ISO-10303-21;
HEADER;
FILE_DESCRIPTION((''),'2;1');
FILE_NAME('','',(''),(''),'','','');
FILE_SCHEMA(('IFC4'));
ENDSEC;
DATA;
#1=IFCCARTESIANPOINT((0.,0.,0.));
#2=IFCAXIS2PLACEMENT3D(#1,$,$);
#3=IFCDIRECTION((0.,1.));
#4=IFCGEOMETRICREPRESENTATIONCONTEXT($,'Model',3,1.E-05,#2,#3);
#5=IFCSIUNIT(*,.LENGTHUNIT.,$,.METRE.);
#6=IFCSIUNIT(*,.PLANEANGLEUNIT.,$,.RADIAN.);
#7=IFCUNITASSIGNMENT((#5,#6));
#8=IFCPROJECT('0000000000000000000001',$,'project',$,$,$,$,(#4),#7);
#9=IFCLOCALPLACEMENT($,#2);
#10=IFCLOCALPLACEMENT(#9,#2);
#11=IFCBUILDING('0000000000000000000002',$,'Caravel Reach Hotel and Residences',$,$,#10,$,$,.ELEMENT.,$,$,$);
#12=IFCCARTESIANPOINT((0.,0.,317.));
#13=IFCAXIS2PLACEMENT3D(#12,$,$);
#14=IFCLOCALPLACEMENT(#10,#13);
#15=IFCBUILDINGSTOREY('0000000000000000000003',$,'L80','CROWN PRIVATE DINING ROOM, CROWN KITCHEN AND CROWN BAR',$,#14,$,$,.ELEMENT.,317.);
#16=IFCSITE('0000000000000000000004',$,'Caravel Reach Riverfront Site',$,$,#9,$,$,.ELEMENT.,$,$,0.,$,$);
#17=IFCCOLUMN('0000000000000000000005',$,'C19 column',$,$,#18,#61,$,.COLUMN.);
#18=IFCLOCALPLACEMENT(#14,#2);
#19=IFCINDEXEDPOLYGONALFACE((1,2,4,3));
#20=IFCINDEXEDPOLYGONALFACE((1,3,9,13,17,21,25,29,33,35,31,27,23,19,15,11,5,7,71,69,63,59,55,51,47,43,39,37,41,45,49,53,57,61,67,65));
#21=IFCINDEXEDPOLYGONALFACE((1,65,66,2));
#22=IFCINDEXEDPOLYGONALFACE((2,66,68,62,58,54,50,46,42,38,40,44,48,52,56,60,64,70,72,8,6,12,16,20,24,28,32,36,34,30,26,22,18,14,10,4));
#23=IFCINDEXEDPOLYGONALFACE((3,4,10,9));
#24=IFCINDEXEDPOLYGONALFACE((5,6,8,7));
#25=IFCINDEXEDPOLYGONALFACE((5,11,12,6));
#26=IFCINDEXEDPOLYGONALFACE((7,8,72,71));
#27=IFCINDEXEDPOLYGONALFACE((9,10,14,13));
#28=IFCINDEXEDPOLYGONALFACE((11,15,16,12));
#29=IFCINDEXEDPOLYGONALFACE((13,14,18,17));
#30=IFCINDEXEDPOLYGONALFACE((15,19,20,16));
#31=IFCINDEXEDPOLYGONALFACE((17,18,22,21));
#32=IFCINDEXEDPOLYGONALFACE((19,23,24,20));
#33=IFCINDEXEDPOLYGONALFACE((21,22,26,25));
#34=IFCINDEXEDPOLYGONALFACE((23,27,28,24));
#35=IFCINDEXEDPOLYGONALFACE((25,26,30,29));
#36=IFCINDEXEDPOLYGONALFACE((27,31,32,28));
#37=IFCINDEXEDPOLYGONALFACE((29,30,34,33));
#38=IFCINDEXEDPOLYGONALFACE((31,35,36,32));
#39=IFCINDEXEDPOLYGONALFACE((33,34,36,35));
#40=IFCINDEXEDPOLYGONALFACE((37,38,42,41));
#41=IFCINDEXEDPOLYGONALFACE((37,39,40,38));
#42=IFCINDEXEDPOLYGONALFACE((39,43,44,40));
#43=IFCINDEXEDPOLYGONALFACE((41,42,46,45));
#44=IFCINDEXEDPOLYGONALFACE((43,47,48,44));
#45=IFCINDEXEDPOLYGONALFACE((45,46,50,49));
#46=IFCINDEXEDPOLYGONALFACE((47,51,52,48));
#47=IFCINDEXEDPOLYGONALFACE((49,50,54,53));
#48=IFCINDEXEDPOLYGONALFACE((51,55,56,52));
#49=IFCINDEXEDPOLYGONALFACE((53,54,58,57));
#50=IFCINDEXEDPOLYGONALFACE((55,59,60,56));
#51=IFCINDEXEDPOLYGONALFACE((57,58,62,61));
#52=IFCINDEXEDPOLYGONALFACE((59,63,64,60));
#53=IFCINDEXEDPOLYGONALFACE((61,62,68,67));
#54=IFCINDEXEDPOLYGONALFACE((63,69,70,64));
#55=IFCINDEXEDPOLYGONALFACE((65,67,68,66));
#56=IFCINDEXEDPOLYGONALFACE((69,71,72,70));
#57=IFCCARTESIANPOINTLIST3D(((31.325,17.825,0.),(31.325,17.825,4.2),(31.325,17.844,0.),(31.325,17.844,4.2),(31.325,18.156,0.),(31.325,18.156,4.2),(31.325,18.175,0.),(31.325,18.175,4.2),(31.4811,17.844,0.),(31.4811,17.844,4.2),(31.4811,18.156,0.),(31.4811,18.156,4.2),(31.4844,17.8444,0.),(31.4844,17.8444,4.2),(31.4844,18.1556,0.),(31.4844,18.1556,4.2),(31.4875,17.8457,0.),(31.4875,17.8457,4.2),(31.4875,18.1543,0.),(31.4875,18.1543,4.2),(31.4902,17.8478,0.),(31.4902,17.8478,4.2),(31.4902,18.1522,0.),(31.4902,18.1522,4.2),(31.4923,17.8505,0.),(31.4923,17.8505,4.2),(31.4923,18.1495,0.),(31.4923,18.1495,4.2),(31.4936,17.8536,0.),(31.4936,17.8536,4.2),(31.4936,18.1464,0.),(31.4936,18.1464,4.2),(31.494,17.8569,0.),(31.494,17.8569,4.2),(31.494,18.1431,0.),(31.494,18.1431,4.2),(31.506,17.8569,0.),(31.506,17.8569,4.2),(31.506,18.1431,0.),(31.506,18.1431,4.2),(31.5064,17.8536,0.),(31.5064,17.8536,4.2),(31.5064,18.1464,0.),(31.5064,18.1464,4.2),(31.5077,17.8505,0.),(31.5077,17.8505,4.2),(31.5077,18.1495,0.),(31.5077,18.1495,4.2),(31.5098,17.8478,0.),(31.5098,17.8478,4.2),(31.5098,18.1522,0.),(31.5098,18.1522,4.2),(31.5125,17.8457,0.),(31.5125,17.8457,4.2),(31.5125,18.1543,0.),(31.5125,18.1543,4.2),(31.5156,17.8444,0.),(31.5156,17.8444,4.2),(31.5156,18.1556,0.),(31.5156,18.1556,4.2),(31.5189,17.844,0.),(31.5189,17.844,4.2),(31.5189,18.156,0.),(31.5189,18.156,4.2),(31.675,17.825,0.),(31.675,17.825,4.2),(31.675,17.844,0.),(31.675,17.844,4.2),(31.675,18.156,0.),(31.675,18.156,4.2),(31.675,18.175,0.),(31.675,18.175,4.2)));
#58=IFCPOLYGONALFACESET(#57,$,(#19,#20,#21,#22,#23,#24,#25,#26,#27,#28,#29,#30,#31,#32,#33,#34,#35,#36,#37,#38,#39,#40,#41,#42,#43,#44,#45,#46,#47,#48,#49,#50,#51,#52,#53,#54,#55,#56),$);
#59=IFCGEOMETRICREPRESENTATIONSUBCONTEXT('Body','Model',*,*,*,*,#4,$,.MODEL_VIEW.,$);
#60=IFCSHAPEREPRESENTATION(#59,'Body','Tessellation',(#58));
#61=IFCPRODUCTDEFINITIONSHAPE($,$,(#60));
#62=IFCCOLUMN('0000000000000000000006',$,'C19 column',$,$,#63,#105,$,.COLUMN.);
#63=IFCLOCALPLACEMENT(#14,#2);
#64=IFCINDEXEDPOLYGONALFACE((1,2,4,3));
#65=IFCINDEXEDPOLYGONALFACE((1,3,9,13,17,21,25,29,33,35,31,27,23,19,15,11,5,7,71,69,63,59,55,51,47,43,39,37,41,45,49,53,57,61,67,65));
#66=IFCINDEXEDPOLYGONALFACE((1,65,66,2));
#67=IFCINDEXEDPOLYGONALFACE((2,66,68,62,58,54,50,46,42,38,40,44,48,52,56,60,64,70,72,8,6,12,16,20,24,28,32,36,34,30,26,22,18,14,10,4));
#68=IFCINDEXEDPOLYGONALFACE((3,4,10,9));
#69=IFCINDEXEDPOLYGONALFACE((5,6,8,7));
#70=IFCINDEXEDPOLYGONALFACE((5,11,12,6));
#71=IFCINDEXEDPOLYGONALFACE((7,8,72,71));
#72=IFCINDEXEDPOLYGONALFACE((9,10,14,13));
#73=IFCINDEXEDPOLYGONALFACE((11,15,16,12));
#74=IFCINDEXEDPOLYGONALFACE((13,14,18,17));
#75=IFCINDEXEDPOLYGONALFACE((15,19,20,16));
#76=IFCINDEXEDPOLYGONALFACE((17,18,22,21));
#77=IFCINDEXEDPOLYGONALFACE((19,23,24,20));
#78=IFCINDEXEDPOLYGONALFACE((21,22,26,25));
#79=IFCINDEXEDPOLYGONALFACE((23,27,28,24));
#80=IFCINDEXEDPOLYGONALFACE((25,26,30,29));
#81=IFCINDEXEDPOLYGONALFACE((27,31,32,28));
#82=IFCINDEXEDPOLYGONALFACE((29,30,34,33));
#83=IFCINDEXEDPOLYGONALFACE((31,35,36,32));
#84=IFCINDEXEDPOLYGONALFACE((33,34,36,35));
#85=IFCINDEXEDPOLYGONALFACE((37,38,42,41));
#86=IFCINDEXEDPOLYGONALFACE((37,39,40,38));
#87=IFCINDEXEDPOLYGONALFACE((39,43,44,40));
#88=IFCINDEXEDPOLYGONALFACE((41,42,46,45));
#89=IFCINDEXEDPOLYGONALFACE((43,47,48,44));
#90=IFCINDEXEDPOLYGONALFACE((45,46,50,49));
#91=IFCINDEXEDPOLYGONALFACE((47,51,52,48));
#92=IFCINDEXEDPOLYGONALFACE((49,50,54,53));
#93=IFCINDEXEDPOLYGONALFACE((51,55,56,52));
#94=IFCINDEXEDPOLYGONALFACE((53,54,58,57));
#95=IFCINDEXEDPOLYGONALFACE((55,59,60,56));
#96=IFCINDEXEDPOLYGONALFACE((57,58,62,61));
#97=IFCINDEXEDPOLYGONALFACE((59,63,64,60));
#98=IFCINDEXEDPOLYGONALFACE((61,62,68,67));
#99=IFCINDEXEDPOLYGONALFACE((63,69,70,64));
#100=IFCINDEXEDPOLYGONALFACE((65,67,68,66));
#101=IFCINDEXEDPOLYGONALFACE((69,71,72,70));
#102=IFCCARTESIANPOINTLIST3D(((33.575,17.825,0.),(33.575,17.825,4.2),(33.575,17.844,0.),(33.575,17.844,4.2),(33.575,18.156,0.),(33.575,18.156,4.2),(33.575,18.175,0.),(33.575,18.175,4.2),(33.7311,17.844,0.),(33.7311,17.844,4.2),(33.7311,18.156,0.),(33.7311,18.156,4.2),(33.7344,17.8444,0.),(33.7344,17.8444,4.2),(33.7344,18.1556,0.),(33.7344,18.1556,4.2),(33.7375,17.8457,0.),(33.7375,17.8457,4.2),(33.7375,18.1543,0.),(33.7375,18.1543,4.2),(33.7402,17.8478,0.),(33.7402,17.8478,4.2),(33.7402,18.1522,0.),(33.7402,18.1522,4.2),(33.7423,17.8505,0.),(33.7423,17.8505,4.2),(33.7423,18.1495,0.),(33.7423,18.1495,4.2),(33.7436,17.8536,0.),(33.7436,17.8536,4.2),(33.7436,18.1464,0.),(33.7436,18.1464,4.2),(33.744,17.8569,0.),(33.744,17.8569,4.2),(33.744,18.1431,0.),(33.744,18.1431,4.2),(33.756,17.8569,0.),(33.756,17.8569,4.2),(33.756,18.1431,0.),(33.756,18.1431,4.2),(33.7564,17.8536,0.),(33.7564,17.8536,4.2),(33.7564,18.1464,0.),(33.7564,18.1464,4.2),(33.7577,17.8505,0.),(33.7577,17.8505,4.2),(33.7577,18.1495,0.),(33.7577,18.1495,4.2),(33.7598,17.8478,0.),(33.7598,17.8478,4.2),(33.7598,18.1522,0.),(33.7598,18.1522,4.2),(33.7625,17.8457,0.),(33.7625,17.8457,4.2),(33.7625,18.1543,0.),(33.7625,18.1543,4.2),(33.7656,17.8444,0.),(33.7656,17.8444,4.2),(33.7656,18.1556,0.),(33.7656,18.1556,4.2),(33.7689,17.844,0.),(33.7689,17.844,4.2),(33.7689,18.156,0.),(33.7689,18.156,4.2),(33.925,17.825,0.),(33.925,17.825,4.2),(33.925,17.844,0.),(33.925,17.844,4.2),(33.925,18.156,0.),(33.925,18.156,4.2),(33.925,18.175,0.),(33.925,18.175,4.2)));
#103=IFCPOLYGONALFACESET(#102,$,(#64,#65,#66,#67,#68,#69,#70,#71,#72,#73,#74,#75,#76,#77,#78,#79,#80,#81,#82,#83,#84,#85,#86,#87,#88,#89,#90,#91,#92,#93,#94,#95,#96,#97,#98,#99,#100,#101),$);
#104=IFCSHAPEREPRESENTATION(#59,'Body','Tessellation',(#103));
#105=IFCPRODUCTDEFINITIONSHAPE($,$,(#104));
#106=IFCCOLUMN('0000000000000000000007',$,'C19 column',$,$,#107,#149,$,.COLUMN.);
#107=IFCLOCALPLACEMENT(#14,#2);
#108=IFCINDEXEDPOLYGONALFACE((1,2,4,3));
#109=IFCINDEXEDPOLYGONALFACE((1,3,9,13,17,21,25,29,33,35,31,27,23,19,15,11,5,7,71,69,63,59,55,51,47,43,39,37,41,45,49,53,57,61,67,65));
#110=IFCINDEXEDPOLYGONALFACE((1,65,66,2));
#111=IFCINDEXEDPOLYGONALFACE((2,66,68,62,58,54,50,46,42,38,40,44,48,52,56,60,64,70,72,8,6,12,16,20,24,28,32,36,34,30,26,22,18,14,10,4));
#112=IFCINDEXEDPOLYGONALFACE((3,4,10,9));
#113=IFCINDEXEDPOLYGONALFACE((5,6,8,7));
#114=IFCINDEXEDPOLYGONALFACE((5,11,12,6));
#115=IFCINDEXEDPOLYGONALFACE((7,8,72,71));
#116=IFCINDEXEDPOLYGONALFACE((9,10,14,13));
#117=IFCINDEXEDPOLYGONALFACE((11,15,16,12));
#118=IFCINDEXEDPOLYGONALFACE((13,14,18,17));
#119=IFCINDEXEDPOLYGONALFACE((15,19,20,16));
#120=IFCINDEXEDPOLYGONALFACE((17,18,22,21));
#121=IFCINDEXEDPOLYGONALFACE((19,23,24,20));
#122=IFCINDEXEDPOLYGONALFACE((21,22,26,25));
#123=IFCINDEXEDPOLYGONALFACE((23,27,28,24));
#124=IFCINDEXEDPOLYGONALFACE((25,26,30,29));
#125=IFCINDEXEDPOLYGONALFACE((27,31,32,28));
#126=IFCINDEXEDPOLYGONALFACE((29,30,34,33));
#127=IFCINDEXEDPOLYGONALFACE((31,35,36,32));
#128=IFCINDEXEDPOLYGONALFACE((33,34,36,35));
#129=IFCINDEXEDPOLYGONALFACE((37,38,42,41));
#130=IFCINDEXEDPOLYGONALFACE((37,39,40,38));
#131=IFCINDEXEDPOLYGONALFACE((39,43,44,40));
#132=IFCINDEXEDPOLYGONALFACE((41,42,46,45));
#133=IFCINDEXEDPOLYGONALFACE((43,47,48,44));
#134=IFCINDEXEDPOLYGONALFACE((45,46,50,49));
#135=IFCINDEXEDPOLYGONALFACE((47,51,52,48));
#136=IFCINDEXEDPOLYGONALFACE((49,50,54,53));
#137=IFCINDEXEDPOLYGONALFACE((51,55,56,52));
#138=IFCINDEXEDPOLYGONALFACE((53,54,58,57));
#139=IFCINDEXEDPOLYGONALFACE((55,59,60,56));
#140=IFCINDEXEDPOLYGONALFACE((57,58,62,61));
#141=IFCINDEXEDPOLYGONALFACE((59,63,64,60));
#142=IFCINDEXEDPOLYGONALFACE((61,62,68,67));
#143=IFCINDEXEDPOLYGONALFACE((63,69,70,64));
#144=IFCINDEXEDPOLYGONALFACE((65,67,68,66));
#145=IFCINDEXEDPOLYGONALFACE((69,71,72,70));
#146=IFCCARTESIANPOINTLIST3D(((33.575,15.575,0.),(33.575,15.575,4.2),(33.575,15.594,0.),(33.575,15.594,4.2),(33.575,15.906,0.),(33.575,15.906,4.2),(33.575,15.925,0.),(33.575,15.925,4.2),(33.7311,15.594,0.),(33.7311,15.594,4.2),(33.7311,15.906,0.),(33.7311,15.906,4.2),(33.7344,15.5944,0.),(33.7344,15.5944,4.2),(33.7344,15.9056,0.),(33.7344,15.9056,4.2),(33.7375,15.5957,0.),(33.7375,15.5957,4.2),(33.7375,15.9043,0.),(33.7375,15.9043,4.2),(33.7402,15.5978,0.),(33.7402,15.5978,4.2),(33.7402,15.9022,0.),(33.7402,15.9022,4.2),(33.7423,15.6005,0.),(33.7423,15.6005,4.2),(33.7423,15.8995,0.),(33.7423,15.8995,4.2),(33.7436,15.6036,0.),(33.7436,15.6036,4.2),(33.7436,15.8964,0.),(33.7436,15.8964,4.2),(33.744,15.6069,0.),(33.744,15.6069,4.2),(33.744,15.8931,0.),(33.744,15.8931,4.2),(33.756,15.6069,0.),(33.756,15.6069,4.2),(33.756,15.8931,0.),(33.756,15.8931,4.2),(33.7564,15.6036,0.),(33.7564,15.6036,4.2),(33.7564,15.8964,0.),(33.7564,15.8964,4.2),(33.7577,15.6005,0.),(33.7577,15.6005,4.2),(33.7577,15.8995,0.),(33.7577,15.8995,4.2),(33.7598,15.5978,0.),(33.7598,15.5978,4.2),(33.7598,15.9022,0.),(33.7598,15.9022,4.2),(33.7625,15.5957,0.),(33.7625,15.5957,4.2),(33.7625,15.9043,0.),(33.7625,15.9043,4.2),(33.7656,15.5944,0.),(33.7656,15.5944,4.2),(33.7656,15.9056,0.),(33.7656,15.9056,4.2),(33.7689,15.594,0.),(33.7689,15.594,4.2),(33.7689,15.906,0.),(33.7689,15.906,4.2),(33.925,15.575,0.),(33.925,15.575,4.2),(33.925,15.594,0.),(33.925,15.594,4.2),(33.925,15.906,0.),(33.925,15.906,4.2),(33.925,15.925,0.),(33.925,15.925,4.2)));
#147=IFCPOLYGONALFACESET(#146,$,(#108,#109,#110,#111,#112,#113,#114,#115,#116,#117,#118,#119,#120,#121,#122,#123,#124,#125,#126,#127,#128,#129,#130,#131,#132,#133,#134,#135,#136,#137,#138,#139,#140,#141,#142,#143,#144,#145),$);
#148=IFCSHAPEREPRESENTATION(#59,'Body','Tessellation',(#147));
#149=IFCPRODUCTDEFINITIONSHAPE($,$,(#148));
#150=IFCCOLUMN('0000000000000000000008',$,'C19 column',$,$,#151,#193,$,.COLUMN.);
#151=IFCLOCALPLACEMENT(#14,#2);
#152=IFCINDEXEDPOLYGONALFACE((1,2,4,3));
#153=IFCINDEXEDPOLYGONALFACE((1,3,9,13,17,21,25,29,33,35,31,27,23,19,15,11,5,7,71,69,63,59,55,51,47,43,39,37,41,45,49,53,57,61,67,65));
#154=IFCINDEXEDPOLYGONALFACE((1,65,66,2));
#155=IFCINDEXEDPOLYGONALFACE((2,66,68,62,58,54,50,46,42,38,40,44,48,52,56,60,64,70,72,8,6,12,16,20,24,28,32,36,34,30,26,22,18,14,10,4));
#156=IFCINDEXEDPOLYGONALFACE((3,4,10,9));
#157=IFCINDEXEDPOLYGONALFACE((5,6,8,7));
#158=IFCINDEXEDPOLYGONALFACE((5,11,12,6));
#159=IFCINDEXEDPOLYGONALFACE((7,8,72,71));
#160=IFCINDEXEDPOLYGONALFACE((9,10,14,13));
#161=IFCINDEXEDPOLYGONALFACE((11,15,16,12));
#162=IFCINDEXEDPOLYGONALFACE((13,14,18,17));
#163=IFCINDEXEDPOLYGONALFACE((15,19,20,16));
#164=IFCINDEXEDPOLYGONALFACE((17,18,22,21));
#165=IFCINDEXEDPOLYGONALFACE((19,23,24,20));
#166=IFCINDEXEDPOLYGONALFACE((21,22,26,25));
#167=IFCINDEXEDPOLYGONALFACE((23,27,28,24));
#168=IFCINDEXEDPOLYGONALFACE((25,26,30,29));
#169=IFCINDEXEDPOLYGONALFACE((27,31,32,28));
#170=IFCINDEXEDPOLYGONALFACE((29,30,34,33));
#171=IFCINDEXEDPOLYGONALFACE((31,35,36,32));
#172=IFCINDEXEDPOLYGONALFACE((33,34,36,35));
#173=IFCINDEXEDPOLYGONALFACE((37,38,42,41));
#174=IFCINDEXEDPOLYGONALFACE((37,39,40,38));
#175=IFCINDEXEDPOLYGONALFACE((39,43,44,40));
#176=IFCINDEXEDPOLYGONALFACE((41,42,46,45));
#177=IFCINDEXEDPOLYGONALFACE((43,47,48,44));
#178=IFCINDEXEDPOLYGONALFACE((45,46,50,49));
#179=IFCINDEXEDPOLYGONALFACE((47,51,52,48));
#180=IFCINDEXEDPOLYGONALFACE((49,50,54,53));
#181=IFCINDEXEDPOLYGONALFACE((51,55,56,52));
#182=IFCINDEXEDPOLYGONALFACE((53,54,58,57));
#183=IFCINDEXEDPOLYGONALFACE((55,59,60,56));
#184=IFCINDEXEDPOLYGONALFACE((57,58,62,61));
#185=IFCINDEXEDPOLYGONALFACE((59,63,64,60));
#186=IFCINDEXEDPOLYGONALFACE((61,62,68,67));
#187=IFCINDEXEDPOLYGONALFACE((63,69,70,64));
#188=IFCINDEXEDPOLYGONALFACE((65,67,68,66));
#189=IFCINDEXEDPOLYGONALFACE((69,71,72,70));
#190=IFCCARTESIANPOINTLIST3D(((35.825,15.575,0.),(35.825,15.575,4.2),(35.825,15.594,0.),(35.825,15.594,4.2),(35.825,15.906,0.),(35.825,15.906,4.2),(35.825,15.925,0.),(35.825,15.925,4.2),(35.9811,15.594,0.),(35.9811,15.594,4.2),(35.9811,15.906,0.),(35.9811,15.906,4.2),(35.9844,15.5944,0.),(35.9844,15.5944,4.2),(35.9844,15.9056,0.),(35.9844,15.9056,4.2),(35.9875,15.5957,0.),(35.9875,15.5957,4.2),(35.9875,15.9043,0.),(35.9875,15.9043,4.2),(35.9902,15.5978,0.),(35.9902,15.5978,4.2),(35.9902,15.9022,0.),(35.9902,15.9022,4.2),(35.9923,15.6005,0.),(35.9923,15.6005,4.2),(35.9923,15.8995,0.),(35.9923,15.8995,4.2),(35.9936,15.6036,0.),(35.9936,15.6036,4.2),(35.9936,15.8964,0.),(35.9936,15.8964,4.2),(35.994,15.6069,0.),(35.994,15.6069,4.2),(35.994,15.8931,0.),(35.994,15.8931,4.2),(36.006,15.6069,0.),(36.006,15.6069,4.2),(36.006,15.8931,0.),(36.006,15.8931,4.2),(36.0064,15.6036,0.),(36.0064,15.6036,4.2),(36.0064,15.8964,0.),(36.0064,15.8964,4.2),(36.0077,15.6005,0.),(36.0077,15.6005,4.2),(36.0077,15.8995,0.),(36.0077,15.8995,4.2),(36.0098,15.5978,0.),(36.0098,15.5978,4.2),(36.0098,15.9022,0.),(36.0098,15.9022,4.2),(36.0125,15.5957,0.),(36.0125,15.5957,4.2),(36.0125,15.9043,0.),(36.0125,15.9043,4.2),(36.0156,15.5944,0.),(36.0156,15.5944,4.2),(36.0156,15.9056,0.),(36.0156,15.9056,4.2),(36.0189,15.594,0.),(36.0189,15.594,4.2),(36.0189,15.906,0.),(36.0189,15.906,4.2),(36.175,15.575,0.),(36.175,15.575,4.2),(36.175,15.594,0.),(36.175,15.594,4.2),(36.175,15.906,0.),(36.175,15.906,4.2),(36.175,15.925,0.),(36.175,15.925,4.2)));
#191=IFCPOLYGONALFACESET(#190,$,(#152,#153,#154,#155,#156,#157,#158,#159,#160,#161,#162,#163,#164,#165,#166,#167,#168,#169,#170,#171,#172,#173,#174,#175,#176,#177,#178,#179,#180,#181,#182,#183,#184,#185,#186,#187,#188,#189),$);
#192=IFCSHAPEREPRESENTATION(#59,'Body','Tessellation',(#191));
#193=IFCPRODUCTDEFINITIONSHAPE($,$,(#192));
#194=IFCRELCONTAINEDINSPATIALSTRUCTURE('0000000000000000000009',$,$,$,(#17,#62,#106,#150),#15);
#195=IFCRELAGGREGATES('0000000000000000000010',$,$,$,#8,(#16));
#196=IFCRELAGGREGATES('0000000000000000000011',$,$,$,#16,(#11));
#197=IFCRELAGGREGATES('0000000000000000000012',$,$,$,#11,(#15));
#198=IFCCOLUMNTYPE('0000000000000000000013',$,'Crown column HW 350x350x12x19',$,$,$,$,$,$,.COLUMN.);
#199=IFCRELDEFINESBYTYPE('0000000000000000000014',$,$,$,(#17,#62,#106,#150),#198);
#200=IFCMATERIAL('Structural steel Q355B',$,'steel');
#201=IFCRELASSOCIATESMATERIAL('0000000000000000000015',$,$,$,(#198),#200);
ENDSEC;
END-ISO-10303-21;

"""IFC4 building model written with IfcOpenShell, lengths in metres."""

from ifc_helpers import new_model, si_unit, direction, frame, origin, origin_2d, place, context, subcontext, project, spatial, i_section, extrude, material, material_profile, profile_set, type_object, element, save


model = new_model("IFC4")

# Units and contexts
model_context = context("Model", 3, precision=1e-05, world=origin(), true_north=direction((0.0, 1.0)))
body_context = subcontext(model_context, "Body", "Model", "MODEL_VIEW")
ifc_project = project(units=[si_unit("LENGTHUNIT", "METRE"), si_unit("PLANEANGLEUNIT", "RADIAN")], contexts=[model_context])

# Site, building, storey
site_placement = place(None, origin())
site = spatial("IfcSite", under=ifc_project, at=site_placement, Name="Caravel Reach Riverfront Site", CompositionType="ELEMENT", RefElevation=0.0)
building_placement = place(site_placement, origin())
building = spatial("IfcBuilding", under=site, at=building_placement, Name="Caravel Reach Hotel and Residences", CompositionType="ELEMENT")
storey_placement = place(building_placement, frame((0.0, 0.0, 317.0)))
storey = spatial("IfcBuildingStorey", under=building, at=storey_placement, Name="L80", Description="CROWN PRIVATE DINING ROOM, CROWN KITCHEN AND CROWN BAR", CompositionType="ELEMENT", Elevation=317.0)

# Columns
ifc_material_1 = material(Name="Structural steel Q355B", Category="steel")
ifc_material_profile_1 = material_profile(ifc_material_1, i_section(OverallWidth=0.3501, OverallDepth=0.3501, WebThickness=0.012, FlangeThickness=0.019, FilletRadius=0.0129, at=origin_2d()), Name="HW 350x350x12x19")
ifc_profile_set_1 = profile_set([ifc_material_profile_1], Name="Structural steel Q355B")
column_type = type_object("IfcColumnType", Name="Crown column HW 350x350x12x19", PredefinedType="COLUMN", material=ifc_profile_set_1)
for number, where, z_axis, x_axis, name in (
    (1, (31.5, 18.0, 0.0), (0.0, 0.0, 1.0), (1.0, 0.0, 0.0), "C19 column"),
    (2, (33.75, 18.0, 0.0), (0.0, 0.0, 1.0), (1.0, 0.0, 0.0), "C19 column"),
    (3, (33.75, 15.75, 0.0), (0.0, 0.0, 1.0), (1.0, 0.0, 0.0), "C19 column"),
    (4, (36.0, 15.75, 0.0), (0.0, 0.0, 1.0), (1.0, 0.0, 0.0), "C19 column"),
):
    element("IfcColumn", number, at=place(storey_placement, frame(where, z_axis=z_axis, x_axis=x_axis)), inside=storey, type_object=column_type, Name=name, PredefinedType="COLUMN", context=body_context, shape_type="SweptSolid", body=[
        extrude(i_section(OverallWidth=0.3501, OverallDepth=0.3501, WebThickness=0.012, FlangeThickness=0.019, FilletRadius=0.0129, at=origin_2d()), origin(), (0.0, 0.0, 1.0), 4.2),
    ])

save(model, "model.ifc")
